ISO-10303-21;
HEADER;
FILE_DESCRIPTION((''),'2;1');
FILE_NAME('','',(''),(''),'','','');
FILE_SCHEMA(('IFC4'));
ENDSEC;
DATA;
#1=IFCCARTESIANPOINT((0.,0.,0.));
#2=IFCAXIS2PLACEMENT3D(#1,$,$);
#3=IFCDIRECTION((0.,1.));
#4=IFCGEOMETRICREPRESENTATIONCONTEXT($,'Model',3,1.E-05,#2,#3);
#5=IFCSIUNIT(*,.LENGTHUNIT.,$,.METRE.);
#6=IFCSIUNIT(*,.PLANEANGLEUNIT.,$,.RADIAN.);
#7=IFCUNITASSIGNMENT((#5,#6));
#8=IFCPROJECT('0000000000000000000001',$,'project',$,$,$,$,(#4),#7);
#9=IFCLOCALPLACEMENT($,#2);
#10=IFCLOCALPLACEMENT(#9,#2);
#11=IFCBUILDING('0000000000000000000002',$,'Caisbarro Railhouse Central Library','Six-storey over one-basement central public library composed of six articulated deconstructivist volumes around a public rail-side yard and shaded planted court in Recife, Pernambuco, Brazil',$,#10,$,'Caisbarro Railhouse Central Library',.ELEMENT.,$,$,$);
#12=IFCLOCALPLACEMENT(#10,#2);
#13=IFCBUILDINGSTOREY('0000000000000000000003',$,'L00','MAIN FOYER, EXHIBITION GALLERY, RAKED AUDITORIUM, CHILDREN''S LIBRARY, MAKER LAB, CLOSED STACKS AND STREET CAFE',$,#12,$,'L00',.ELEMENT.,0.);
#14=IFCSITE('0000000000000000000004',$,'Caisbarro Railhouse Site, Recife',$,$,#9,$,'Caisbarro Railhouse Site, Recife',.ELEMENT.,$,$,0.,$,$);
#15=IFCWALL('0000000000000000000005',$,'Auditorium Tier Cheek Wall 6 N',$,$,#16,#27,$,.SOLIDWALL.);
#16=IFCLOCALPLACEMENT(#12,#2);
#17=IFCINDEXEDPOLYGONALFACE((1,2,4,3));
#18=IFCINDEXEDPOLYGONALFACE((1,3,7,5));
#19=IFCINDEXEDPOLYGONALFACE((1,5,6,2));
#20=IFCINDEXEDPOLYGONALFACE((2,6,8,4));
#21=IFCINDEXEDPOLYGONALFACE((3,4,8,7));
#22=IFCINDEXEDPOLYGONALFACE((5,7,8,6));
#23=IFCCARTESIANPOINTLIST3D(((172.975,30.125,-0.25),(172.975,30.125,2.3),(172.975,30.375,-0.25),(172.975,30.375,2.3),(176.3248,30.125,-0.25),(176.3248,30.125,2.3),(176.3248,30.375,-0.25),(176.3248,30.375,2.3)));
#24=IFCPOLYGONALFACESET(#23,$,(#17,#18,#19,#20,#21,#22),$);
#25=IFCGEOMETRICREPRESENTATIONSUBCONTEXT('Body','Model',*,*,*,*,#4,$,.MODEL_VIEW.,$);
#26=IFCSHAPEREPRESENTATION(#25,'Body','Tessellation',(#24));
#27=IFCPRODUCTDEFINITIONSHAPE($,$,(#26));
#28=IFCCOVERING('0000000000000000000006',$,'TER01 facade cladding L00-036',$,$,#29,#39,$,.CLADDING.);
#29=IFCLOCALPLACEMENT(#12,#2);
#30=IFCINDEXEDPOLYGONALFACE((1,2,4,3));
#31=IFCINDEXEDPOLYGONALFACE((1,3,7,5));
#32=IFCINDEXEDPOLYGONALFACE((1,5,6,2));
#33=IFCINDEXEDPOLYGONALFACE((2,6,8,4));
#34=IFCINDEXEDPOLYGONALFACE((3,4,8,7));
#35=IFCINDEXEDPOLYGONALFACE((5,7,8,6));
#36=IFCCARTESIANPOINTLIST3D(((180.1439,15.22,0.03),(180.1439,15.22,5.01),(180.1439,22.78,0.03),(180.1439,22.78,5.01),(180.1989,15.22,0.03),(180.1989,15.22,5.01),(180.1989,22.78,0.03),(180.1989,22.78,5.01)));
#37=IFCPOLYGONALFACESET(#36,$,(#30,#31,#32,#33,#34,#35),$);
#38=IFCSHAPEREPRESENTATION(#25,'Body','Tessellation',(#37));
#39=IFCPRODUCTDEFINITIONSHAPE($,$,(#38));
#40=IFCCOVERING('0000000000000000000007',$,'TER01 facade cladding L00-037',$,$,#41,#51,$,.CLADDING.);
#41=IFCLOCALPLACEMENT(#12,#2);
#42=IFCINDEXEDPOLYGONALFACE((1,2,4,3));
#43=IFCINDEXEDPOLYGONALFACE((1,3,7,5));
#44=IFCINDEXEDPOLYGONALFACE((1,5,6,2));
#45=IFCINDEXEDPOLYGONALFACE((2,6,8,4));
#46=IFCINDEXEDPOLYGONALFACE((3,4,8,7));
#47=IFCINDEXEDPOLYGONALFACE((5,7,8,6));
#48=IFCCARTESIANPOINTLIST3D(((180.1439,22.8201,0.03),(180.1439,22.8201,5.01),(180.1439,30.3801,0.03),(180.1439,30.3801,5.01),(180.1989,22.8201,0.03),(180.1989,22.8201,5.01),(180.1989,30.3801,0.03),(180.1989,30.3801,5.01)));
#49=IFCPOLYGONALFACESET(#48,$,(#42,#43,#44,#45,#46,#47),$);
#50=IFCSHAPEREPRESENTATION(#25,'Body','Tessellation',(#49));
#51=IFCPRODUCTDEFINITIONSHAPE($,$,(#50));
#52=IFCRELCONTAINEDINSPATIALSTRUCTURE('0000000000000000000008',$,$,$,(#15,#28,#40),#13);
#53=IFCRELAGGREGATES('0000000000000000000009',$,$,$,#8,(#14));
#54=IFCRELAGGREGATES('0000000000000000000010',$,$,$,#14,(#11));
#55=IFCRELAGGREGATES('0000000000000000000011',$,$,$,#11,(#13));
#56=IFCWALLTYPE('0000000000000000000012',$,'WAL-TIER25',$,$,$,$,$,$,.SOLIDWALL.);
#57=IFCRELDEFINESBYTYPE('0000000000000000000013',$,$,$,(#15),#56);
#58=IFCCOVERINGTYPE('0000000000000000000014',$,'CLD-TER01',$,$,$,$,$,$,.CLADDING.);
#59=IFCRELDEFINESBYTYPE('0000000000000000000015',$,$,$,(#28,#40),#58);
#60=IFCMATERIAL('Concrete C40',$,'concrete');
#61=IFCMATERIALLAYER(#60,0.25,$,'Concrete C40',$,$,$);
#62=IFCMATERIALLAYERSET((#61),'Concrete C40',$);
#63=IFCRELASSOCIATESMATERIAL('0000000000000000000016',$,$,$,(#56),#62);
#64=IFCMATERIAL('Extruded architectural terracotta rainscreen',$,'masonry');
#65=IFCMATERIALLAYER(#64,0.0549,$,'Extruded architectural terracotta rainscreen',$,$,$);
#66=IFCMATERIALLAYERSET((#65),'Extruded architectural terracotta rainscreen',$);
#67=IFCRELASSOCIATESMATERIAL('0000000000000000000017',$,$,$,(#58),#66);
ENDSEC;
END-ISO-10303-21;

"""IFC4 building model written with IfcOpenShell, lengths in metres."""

from ifc_helpers import new_model, si_unit, direction, frame, frame_2d, origin, origin_2d, place, context, subcontext, project, spatial, rectangle, extrude, material, layer, layer_set, type_object, element, save


model = new_model("IFC4")

# Units and contexts
model_context = context("Model", 3, precision=1e-05, world=origin(), true_north=direction((0.0, 1.0)))
body_context = subcontext(model_context, "Body", "Model", "MODEL_VIEW")
ifc_project = project(units=[si_unit("LENGTHUNIT", "METRE"), si_unit("PLANEANGLEUNIT", "RADIAN")], contexts=[model_context])

# Site, building, storey
site_placement = place(None, origin())
site = spatial("IfcSite", under=ifc_project, at=site_placement, Name="Caisbarro Railhouse Site, Recife", LongName="Caisbarro Railhouse Site, Recife", CompositionType="ELEMENT", RefElevation=0.0)
building_placement = place(site_placement, origin())
building = spatial("IfcBuilding", under=site, at=building_placement, Name="Caisbarro Railhouse Central Library", Description="Six-storey over one-basement central public library composed of six articulated deconstructivist volumes around a public rail-side yard and shaded planted court in Recife, Pernambuco, Brazil", LongName="Caisbarro Railhouse Central Library", CompositionType="ELEMENT")
storey_placement = place(building_placement, origin())
storey = spatial("IfcBuildingStorey", under=building, at=storey_placement, Name="L00", Description="MAIN FOYER, EXHIBITION GALLERY, RAKED AUDITORIUM, CHILDREN'S LIBRARY, MAKER LAB, CLOSED STACKS AND STREET CAFE", LongName="L00", CompositionType="ELEMENT", Elevation=0.0)

# Shared definitions
ifc_material_1 = material(Name="Concrete C40", Category="concrete")

# Wall
ifc_layer_1 = layer(ifc_material_1, 0.25, Name="Concrete C40")
ifc_layer_set_1 = layer_set([ifc_layer_1], Name="Concrete C40")
wall_type_1 = type_object("IfcWallType", Name="WAL-TIER25", PredefinedType="SOLIDWALL", material=ifc_layer_set_1)
wall_1_placement = place(storey_placement, frame((172.9751, 30.25, -0.25), z_axis=(0.0, 0.0, 1.0), x_axis=(1.0, 0.0, 0.0)))
element("IfcWall", 1, at=wall_1_placement, inside=storey, type_object=wall_type_1, Name="Auditorium Tier Cheek Wall 6 N", PredefinedType="SOLIDWALL", context=body_context, shape_type="SweptSolid", body=[
    extrude(rectangle(XDim=3.3499, YDim=0.25, at=frame_2d((1.6748, 0.0))), origin(), (0.0, 0.0, 1.0), 2.55),
])

# Coverings
ifc_material_2 = material(Name="Extruded architectural terracotta rainscreen", Category="masonry")
ifc_layer_2 = layer(ifc_material_2, 0.0549, Name="Extruded architectural terracotta rainscreen")
ifc_layer_set_2 = layer_set([ifc_layer_2], Name="Extruded architectural terracotta rainscreen")
covering_type = type_object("IfcCoveringType", Name="CLD-TER01", PredefinedType="CLADDING", material=ifc_layer_set_2)
for number, where, z_axis, x_axis, name in (
    (2, (180.1714, 19.0, 0.03), (0.0, 0.0, 1.0), (0.0, 1.0, 0.0), "TER01 facade cladding L00-036"),
    (3, (180.1714, 26.6001, 0.03), (0.0, 0.0, 1.0), (0.0, 1.0, 0.0), "TER01 facade cladding L00-037"),
):
    element("IfcCovering", number, at=place(storey_placement, frame(where, z_axis=z_axis, x_axis=x_axis)), inside=storey, type_object=covering_type, Name=name, PredefinedType="CLADDING", context=body_context, shape_type="SweptSolid", body=[
        extrude(rectangle(XDim=7.5601, YDim=0.0549, at=origin_2d()), origin(), (0.0, 0.0, 1.0), 4.98),
    ])

save(model, "model.ifc")
